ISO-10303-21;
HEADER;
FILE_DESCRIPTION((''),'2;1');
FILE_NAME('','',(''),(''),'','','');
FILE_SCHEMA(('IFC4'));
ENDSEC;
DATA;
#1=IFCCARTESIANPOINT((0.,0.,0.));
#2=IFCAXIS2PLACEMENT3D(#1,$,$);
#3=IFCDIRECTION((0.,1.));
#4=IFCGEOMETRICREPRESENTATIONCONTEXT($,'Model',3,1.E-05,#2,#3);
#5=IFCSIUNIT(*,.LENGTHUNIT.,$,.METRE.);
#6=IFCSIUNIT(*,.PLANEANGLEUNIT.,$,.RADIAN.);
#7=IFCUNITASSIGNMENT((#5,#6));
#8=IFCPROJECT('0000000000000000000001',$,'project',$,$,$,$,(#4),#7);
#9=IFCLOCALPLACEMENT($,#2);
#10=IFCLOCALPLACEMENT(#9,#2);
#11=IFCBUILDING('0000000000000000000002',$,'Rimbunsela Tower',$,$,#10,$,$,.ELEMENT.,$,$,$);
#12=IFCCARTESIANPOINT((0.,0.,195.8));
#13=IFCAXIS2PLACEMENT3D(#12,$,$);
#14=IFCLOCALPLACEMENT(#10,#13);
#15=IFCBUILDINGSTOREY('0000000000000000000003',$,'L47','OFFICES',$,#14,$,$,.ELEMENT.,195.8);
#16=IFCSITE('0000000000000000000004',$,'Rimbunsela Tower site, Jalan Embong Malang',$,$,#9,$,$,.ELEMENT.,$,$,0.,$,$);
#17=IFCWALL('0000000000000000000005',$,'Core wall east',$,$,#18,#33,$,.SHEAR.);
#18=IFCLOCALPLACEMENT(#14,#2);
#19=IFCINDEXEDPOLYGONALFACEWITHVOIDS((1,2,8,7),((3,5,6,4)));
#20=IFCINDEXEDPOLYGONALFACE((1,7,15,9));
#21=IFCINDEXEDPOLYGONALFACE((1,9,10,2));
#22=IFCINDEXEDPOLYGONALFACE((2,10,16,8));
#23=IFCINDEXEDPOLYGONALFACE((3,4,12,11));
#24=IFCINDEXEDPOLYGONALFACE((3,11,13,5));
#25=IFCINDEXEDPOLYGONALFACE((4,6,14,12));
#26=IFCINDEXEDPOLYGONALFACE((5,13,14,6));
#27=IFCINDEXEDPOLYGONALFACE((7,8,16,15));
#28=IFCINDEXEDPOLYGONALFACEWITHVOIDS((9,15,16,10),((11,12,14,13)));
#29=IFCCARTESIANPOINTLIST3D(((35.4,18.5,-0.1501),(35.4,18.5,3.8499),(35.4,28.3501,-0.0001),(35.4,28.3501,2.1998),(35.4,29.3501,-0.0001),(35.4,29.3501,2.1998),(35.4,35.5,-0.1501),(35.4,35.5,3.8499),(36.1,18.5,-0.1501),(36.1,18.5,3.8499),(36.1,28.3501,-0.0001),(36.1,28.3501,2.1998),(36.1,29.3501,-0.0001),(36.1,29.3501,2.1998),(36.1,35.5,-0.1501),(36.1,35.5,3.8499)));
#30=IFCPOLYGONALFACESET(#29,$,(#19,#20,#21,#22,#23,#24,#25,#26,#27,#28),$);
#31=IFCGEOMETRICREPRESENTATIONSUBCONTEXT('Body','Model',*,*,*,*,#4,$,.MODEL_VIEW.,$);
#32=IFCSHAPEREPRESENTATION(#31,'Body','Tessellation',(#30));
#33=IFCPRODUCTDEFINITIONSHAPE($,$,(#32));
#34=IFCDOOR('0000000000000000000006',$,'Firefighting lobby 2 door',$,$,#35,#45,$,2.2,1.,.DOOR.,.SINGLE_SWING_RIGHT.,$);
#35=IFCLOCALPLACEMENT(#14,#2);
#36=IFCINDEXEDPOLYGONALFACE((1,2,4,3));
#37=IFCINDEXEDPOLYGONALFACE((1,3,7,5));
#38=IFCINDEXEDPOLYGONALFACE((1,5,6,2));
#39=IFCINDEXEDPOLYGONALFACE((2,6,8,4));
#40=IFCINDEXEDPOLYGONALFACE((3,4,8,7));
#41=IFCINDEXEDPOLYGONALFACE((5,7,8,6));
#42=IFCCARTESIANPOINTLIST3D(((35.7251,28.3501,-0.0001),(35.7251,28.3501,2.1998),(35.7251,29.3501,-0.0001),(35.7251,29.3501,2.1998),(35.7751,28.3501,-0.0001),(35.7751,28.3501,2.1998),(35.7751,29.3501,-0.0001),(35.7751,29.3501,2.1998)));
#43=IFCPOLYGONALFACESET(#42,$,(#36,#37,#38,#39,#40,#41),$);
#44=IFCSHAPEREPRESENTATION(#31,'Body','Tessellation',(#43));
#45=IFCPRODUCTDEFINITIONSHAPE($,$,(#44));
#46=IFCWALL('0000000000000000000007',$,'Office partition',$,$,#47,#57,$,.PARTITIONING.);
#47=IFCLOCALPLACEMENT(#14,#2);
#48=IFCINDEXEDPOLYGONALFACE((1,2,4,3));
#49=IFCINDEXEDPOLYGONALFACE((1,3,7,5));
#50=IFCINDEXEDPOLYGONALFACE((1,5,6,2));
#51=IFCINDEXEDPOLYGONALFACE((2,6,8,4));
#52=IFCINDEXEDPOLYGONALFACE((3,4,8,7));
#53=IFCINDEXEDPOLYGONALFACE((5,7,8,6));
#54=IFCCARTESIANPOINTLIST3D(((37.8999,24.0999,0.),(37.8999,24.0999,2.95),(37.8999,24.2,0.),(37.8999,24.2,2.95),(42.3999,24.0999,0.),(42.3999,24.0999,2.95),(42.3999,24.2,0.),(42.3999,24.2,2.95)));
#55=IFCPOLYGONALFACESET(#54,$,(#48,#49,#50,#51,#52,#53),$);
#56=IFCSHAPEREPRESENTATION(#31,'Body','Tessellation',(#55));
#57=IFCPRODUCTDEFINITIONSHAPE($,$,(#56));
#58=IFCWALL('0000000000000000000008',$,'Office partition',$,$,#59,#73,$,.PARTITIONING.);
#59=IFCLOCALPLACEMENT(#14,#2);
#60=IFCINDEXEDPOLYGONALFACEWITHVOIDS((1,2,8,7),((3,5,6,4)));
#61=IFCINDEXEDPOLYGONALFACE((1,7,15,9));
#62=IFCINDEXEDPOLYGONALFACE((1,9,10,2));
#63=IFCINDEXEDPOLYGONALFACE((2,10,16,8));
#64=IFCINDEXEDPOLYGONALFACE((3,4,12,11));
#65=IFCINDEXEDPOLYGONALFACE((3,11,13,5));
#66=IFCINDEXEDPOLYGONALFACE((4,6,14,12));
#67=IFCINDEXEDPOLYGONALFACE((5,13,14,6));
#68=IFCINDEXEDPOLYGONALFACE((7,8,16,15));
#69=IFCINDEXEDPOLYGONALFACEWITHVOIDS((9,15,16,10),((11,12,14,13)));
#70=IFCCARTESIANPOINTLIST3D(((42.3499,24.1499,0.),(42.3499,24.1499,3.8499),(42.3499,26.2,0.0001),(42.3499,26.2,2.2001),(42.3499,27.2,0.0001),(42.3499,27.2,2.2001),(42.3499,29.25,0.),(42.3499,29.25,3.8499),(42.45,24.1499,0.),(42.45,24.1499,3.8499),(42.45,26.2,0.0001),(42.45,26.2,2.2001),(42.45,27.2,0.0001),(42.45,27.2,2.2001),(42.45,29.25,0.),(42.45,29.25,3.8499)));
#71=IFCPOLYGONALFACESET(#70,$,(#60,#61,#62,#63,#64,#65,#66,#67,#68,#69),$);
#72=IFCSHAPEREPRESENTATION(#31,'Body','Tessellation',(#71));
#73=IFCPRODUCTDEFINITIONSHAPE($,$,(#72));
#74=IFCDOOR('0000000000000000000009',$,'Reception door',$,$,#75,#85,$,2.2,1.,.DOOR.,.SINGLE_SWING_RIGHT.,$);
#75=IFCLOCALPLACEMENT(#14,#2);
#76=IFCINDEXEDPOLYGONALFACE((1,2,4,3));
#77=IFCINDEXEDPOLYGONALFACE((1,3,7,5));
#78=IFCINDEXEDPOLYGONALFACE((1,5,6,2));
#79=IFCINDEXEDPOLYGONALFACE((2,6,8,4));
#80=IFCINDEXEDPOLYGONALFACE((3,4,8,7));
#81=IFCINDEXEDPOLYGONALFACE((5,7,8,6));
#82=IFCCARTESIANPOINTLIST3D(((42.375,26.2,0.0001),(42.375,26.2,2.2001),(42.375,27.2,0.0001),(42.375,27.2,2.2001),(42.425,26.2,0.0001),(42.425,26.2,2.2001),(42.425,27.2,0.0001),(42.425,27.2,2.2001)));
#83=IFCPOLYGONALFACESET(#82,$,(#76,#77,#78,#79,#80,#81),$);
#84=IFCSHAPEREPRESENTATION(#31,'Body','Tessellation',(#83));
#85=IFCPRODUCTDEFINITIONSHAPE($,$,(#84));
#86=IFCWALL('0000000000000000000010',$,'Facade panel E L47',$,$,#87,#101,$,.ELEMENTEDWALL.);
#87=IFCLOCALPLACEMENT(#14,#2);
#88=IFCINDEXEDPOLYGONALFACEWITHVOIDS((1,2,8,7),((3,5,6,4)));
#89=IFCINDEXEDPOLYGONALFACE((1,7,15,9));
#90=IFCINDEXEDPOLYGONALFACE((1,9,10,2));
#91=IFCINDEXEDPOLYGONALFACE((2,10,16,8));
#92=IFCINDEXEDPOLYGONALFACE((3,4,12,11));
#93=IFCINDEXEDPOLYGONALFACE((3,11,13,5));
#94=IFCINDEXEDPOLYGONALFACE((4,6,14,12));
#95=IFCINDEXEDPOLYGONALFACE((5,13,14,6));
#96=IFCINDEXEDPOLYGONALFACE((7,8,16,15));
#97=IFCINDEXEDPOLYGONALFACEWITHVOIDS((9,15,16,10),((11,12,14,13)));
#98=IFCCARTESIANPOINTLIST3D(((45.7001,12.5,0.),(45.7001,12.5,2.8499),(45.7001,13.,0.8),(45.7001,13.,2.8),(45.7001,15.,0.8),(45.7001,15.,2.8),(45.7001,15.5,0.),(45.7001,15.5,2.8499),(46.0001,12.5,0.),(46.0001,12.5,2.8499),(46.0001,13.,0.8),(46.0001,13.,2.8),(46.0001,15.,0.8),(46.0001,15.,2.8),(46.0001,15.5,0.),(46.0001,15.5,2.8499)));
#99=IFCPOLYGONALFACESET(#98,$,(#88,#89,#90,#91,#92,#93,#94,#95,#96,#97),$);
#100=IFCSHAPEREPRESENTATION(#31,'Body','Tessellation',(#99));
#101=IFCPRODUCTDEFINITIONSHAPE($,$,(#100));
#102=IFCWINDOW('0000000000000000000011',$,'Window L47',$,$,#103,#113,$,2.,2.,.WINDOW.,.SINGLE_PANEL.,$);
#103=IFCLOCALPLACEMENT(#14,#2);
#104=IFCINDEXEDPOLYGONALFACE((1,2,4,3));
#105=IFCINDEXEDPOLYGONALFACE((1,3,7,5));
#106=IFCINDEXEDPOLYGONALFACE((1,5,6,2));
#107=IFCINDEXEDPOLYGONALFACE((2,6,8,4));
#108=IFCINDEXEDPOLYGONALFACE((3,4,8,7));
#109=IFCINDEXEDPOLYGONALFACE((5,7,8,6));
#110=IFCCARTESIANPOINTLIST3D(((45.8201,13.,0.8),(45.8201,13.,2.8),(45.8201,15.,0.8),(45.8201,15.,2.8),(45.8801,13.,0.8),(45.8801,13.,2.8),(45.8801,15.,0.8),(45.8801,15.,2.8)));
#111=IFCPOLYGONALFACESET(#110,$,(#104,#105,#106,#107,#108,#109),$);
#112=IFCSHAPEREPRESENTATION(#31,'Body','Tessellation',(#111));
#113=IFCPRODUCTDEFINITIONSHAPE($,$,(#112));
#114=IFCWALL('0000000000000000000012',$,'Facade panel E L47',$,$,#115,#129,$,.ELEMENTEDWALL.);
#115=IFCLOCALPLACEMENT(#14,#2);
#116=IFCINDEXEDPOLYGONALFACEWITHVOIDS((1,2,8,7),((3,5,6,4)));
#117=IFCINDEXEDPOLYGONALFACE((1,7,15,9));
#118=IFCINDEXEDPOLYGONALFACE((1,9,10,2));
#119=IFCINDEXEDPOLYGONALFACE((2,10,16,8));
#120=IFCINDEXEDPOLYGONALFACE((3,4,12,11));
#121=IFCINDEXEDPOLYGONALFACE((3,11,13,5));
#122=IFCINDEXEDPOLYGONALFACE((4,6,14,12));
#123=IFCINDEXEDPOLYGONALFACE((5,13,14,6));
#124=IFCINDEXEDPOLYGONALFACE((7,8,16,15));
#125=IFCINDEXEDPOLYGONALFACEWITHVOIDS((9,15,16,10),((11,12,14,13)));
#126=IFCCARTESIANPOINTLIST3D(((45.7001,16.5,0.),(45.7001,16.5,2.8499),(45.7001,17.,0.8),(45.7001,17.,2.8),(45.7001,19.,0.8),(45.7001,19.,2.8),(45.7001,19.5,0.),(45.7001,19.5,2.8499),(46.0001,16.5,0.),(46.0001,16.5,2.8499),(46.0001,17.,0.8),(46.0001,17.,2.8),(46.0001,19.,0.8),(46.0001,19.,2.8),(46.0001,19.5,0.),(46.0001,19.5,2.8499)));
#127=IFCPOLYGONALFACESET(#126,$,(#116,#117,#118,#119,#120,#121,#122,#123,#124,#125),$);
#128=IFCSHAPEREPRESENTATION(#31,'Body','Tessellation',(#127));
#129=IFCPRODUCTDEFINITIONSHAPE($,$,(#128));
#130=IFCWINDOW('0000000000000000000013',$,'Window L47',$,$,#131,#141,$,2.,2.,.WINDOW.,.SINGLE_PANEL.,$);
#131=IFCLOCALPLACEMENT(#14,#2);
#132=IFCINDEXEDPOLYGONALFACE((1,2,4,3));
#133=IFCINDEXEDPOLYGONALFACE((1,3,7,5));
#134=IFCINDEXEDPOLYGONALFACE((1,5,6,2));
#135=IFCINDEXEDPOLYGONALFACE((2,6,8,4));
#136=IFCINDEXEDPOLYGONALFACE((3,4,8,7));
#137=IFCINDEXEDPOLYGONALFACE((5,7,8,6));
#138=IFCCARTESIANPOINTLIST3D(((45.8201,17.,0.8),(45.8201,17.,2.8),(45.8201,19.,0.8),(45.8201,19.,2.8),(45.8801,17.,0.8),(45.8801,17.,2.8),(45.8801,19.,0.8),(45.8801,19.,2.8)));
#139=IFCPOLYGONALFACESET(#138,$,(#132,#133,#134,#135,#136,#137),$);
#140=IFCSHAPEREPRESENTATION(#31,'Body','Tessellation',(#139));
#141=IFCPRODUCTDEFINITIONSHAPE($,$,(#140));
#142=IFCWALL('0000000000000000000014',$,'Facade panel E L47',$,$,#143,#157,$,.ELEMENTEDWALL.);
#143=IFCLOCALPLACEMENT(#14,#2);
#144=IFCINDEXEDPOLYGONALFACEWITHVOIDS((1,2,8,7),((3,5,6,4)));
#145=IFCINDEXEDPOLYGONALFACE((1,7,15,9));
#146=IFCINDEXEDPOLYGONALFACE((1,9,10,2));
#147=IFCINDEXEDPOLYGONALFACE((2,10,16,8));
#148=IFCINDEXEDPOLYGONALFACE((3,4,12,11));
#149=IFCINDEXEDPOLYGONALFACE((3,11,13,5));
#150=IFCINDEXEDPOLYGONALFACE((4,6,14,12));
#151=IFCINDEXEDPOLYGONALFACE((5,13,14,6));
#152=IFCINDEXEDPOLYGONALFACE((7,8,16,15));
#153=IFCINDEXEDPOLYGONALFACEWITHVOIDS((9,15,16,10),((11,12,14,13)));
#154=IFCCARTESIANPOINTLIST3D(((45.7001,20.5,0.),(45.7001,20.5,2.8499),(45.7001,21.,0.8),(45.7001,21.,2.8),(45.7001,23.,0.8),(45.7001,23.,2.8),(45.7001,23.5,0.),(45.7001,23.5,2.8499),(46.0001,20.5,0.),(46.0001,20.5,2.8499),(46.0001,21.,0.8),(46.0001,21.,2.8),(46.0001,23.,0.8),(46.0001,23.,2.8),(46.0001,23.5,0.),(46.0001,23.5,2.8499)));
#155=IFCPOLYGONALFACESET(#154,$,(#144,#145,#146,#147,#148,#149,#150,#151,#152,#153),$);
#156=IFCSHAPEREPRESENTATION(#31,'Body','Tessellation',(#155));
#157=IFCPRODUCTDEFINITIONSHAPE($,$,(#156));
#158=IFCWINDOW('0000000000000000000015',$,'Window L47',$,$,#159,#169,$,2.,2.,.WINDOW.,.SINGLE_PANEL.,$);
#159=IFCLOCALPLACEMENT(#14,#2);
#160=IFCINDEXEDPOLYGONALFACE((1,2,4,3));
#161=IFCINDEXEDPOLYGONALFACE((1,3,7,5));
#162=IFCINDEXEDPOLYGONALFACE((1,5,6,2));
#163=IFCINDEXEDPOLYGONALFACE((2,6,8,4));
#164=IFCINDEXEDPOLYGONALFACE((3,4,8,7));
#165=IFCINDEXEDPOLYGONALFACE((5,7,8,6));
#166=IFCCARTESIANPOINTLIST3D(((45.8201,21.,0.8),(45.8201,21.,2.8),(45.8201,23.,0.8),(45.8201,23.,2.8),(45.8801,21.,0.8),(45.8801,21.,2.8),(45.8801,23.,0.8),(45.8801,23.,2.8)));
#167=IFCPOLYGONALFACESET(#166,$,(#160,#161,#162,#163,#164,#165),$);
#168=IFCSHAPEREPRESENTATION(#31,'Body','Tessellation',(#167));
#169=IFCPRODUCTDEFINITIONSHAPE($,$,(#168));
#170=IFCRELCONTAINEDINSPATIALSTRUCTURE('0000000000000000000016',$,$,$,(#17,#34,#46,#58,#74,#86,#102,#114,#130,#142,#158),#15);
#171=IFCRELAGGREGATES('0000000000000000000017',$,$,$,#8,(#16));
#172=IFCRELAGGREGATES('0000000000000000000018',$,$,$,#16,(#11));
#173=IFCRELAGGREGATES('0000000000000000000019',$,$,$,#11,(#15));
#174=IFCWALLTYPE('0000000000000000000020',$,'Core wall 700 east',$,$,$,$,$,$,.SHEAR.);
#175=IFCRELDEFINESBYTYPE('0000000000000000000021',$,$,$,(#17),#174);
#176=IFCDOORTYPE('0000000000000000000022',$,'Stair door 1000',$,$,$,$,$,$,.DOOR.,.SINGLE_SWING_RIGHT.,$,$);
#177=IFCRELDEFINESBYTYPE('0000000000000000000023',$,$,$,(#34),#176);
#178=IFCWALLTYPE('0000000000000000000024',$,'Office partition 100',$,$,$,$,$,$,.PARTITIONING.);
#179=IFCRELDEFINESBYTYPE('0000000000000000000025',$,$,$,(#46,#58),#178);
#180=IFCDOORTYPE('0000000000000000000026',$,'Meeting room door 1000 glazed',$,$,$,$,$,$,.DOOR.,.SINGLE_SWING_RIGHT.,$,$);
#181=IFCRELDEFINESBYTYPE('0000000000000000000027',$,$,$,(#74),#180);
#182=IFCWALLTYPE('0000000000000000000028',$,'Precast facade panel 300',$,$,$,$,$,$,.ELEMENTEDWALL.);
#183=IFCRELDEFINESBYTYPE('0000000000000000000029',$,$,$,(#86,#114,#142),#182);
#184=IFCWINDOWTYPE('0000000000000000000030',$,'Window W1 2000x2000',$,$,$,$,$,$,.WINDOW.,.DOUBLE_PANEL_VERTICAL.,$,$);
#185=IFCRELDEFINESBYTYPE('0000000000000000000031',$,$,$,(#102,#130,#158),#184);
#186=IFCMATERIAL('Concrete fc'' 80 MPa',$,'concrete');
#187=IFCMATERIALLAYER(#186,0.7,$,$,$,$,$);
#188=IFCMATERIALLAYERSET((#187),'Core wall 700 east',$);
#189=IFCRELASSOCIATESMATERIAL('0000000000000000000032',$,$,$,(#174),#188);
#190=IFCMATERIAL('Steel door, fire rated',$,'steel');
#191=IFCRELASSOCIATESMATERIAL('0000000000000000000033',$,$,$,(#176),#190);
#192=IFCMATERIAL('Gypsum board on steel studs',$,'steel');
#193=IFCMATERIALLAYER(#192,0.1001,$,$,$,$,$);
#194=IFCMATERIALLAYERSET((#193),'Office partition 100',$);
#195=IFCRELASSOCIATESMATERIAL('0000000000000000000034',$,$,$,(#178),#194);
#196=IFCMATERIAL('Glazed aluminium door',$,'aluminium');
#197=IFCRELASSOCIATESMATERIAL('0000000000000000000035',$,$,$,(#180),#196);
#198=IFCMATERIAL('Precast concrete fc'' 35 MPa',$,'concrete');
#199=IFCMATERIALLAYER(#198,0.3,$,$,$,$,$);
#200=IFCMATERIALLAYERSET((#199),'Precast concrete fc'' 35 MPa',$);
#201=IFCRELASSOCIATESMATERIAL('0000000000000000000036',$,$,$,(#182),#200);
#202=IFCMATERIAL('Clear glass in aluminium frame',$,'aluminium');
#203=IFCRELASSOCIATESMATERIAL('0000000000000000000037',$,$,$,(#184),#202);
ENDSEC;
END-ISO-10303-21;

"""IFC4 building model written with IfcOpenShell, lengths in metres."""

from ifc_helpers import new_model, si_unit, direction, frame, frame_2d, origin, place, context, subcontext, project, spatial, rectangle, extrude, material, layer, layer_set, type_object, element, fill, save


model = new_model("IFC4")

# Units and contexts
model_context = context("Model", 3, precision=1e-05, world=origin(), true_north=direction((0.0, 1.0)))
body_context = subcontext(model_context, "Body", "Model", "MODEL_VIEW")
ifc_project = project(units=[si_unit("LENGTHUNIT", "METRE"), si_unit("PLANEANGLEUNIT", "RADIAN")], contexts=[model_context])

# Site, building, storey
site_placement = place(None, origin())
site = spatial("IfcSite", under=ifc_project, at=site_placement, Name="Rimbunsela Tower site, Jalan Embong Malang", CompositionType="ELEMENT", RefElevation=0.0)
building_placement = place(site_placement, origin())
building = spatial("IfcBuilding", under=site, at=building_placement, Name="Rimbunsela Tower", CompositionType="ELEMENT")
storey_placement = place(building_placement, frame((0.0, 0.0, 195.8)))
storey = spatial("IfcBuildingStorey", under=building, at=storey_placement, Name="L47", Description="OFFICES", CompositionType="ELEMENT", Elevation=195.8)

# Wall, opening, door
ifc_material_1 = material(Name="Concrete fc' 80 MPa", Category="concrete")
ifc_layer_1 = layer(ifc_material_1, 0.7)
ifc_layer_set_1 = layer_set([ifc_layer_1], Name="Core wall 700 east")
wall_type_1 = type_object("IfcWallType", Name="Core wall 700 east", PredefinedType="SHEAR", material=ifc_layer_set_1)
wall_1_placement = place(storey_placement, frame((35.75, 18.5, -0.1501), z_axis=(0.0, 0.0, 1.0), x_axis=(0.0, 1.0, 0.0)))
wall_1 = element("IfcWall", 1, at=wall_1_placement, inside=storey, type_object=wall_type_1, Name="Core wall east", PredefinedType="SHEAR", context=body_context, shape_type="SweptSolid", body=[
    extrude(rectangle(XDim=17.0, YDim=0.7, at=frame_2d((8.5, 0.0))), origin(), (0.0, 0.0, 1.0), 4.0),
])
opening_1_placement = place(wall_1_placement, frame((9.8501, 0.0, 0.1499)))
opening_1 = element("IfcOpeningElement", 2, at=opening_1_placement, cuts=wall_1, PredefinedType="OPENING", context=body_context, shape_type="SweptSolid", body=[
    extrude(rectangle(XDim=1.0, YDim=2.2, at=frame_2d((0.5, 1.1001))), frame((0.0, 0.3599, 0.0), z_axis=(0.0, -1.0, 0.0), x_axis=(1.0, 0.0, 0.0)), (0.0, 0.0, 1.0), 0.72),
])
ifc_material_2 = material(Name="Steel door, fire rated", Category="steel")
door_type_1 = type_object("IfcDoorType", Name="Stair door 1000", OperationType="SINGLE_SWING_RIGHT", PredefinedType="DOOR", material=ifc_material_2)
door_1_placement = place(opening_1_placement, origin())
door_1 = element("IfcDoor", 3, at=door_1_placement, inside=storey, type_object=door_type_1, Name="Firefighting lobby 2 door", OperationType="SINGLE_SWING_RIGHT", OverallHeight=2.2, OverallWidth=1.0, PredefinedType="DOOR", context=body_context, shape_type="SweptSolid", body=[
    extrude(rectangle(XDim=1.0, YDim=2.2, at=frame_2d((0.5, 1.1001))), frame((0.0, 0.0249, 0.0), z_axis=(0.0, -1.0, 0.0), x_axis=(1.0, 0.0, 0.0)), (0.0, 0.0, 1.0), 0.05),
])
fill(opening_1, door_1)

# Wall
ifc_material_3 = material(Name="Gypsum board on steel studs", Category="steel")
ifc_layer_2 = layer(ifc_material_3, 0.1001)
ifc_layer_set_2 = layer_set([ifc_layer_2], Name="Office partition 100")
wall_type_2 = type_object("IfcWallType", Name="Office partition 100", PredefinedType="PARTITIONING", material=ifc_layer_set_2)
wall_2_placement = place(storey_placement, frame((37.8999, 24.1499, 0.0), z_axis=(0.0, 0.0, 1.0), x_axis=(1.0, 0.0, 0.0)))
element("IfcWall", 4, at=wall_2_placement, inside=storey, type_object=wall_type_2, Name="Office partition", PredefinedType="PARTITIONING", context=body_context, shape_type="SweptSolid", body=[
    extrude(rectangle(XDim=4.5, YDim=0.1001, at=frame_2d((2.25, 0.0))), origin(), (0.0, 0.0, 1.0), 2.95),
])

# Wall, opening, door
wall_3_placement = place(storey_placement, frame((42.3999, 24.1499, 0.0), z_axis=(0.0, 0.0, 1.0), x_axis=(0.0, 1.0, 0.0)))
wall_3 = element("IfcWall", 5, at=wall_3_placement, inside=storey, type_object=wall_type_2, Name="Office partition", PredefinedType="PARTITIONING", context=body_context, shape_type="SweptSolid", body=[
    extrude(rectangle(XDim=5.1001, YDim=0.1001, at=frame_2d((2.55, 0.0))), origin(), (0.0, 0.0, 1.0), 3.8499),
])
opening_2_placement = place(wall_3_placement, frame((2.05, 0.0, 0.0)))
opening_2 = element("IfcOpeningElement", 6, at=opening_2_placement, cuts=wall_3, PredefinedType="OPENING", context=body_context, shape_type="SweptSolid", body=[
    extrude(rectangle(XDim=1.0, YDim=2.2, at=frame_2d((0.5, 1.1001))), frame((0.0, 0.0601, 0.0), z_axis=(0.0, -1.0, 0.0), x_axis=(1.0, 0.0, 0.0)), (0.0, 0.0, 1.0), 0.1201),
])
ifc_material_4 = material(Name="Glazed aluminium door", Category="aluminium")
door_type_2 = type_object("IfcDoorType", Name="Meeting room door 1000 glazed", OperationType="SINGLE_SWING_RIGHT", PredefinedType="DOOR", material=ifc_material_4)
door_2_placement = place(opening_2_placement, origin())
door_2 = element("IfcDoor", 7, at=door_2_placement, inside=storey, type_object=door_type_2, Name="Reception door", OperationType="SINGLE_SWING_RIGHT", OverallHeight=2.2, OverallWidth=1.0, PredefinedType="DOOR", context=body_context, shape_type="SweptSolid", body=[
    extrude(rectangle(XDim=1.0, YDim=2.2, at=frame_2d((0.5, 1.1001))), frame((0.0, 0.0249, 0.0), z_axis=(0.0, -1.0, 0.0), x_axis=(1.0, 0.0, 0.0)), (0.0, 0.0, 1.0), 0.05),
])
fill(opening_2, door_2)

# Walls, openings, windows
ifc_material_5 = material(Name="Precast concrete fc' 35 MPa", Category="concrete")
ifc_layer_3 = layer(ifc_material_5, 0.3)
ifc_layer_set_3 = layer_set([ifc_layer_3], Name="Precast concrete fc' 35 MPa")
wall_type_3 = type_object("IfcWallType", Name="Precast facade panel 300", PredefinedType="ELEMENTEDWALL", material=ifc_layer_set_3)
wall_4_placement = place(storey_placement, frame((45.8501, 12.5, 0.0), z_axis=(0.0, 0.0, 1.0), x_axis=(0.0, 1.0, 0.0)))
wall_4 = element("IfcWall", 8, at=wall_4_placement, inside=storey, type_object=wall_type_3, Name="Facade panel E L47", PredefinedType="ELEMENTEDWALL", context=body_context, shape_type="SweptSolid", body=[
    extrude(rectangle(XDim=3.0, YDim=0.3, at=frame_2d((1.5, 0.0))), origin(), (0.0, 0.0, 1.0), 2.8499),
])
opening_3_placement = place(wall_4_placement, frame((0.5, 0.0, 0.8)))
opening_3 = element("IfcOpeningElement", 9, at=opening_3_placement, cuts=wall_4, PredefinedType="OPENING", context=body_context, shape_type="SweptSolid", body=[
    extrude(rectangle(XDim=2.0, YDim=2.0, at=frame_2d((1.0, 1.0))), frame((0.0, 0.1599, 0.0), z_axis=(0.0, -1.0, 0.0), x_axis=(1.0, 0.0, 0.0)), (0.0, 0.0, 1.0), 0.3201),
])
ifc_material_6 = material(Name="Clear glass in aluminium frame", Category="aluminium")
window_type = type_object("IfcWindowType", Name="Window W1 2000x2000", PartitioningType="DOUBLE_PANEL_VERTICAL", PredefinedType="WINDOW", material=ifc_material_6)
window_1_placement = place(opening_3_placement, origin())
window_1 = element("IfcWindow", 10, at=window_1_placement, inside=storey, type_object=window_type, Name="Window L47", OverallHeight=2.0, OverallWidth=2.0, PartitioningType="SINGLE_PANEL", PredefinedType="WINDOW", context=body_context, shape_type="SweptSolid", body=[
    extrude(rectangle(XDim=2.0, YDim=2.0, at=frame_2d((1.0, 1.0))), frame((0.0, 0.03, 0.0), z_axis=(0.0, -1.0, 0.0), x_axis=(1.0, 0.0, 0.0)), (0.0, 0.0, 1.0), 0.0601),
])
fill(opening_3, window_1)
wall_5_placement = place(storey_placement, frame((45.8501, 16.5, 0.0), z_axis=(0.0, 0.0, 1.0), x_axis=(0.0, 1.0, 0.0)))
wall_5 = element("IfcWall", 11, at=wall_5_placement, inside=storey, type_object=wall_type_3, Name="Facade panel E L47", PredefinedType="ELEMENTEDWALL", context=body_context, shape_type="SweptSolid", body=[
    extrude(rectangle(XDim=3.0, YDim=0.3, at=frame_2d((1.5, 0.0))), origin(), (0.0, 0.0, 1.0), 2.8499),
])
opening_4_placement = place(wall_5_placement, frame((0.5, 0.0, 0.8)))
opening_4 = element("IfcOpeningElement", 12, at=opening_4_placement, cuts=wall_5, PredefinedType="OPENING", context=body_context, shape_type="SweptSolid", body=[
    extrude(rectangle(XDim=2.0, YDim=2.0, at=frame_2d((1.0, 1.0))), frame((0.0, 0.1599, 0.0), z_axis=(0.0, -1.0, 0.0), x_axis=(1.0, 0.0, 0.0)), (0.0, 0.0, 1.0), 0.3201),
])
window_2_placement = place(opening_4_placement, origin())
window_2 = element("IfcWindow", 13, at=window_2_placement, inside=storey, type_object=window_type, Name="Window L47", OverallHeight=2.0, OverallWidth=2.0, PartitioningType="SINGLE_PANEL", PredefinedType="WINDOW", context=body_context, shape_type="SweptSolid", body=[
    extrude(rectangle(XDim=2.0, YDim=2.0, at=frame_2d((1.0, 1.0))), frame((0.0, 0.03, 0.0), z_axis=(0.0, -1.0, 0.0), x_axis=(1.0, 0.0, 0.0)), (0.0, 0.0, 1.0), 0.0601),
])
fill(opening_4, window_2)
wall_6_placement = place(storey_placement, frame((45.8501, 20.5, 0.0), z_axis=(0.0, 0.0, 1.0), x_axis=(0.0, 1.0, 0.0)))
wall_6 = element("IfcWall", 14, at=wall_6_placement, inside=storey, type_object=wall_type_3, Name="Facade panel E L47", PredefinedType="ELEMENTEDWALL", context=body_context, shape_type="SweptSolid", body=[
    extrude(rectangle(XDim=3.0, YDim=0.3, at=frame_2d((1.5, 0.0))), origin(), (0.0, 0.0, 1.0), 2.8499),
])
opening_5_placement = place(wall_6_placement, frame((0.5, 0.0, 0.8)))
opening_5 = element("IfcOpeningElement", 15, at=opening_5_placement, cuts=wall_6, PredefinedType="OPENING", context=body_context, shape_type="SweptSolid", body=[
    extrude(rectangle(XDim=2.0, YDim=2.0, at=frame_2d((1.0, 1.0))), frame((0.0, 0.1599, 0.0), z_axis=(0.0, -1.0, 0.0), x_axis=(1.0, 0.0, 0.0)), (0.0, 0.0, 1.0), 0.3201),
])
window_3_placement = place(opening_5_placement, origin())
window_3 = element("IfcWindow", 16, at=window_3_placement, inside=storey, type_object=window_type, Name="Window L47", OverallHeight=2.0, OverallWidth=2.0, PartitioningType="SINGLE_PANEL", PredefinedType="WINDOW", context=body_context, shape_type="SweptSolid", body=[
    extrude(rectangle(XDim=2.0, YDim=2.0, at=frame_2d((1.0, 1.0))), frame((0.0, 0.03, 0.0), z_axis=(0.0, -1.0, 0.0), x_axis=(1.0, 0.0, 0.0)), (0.0, 0.0, 1.0), 0.0601),
])
fill(opening_5, window_3)

save(model, "model.ifc")
